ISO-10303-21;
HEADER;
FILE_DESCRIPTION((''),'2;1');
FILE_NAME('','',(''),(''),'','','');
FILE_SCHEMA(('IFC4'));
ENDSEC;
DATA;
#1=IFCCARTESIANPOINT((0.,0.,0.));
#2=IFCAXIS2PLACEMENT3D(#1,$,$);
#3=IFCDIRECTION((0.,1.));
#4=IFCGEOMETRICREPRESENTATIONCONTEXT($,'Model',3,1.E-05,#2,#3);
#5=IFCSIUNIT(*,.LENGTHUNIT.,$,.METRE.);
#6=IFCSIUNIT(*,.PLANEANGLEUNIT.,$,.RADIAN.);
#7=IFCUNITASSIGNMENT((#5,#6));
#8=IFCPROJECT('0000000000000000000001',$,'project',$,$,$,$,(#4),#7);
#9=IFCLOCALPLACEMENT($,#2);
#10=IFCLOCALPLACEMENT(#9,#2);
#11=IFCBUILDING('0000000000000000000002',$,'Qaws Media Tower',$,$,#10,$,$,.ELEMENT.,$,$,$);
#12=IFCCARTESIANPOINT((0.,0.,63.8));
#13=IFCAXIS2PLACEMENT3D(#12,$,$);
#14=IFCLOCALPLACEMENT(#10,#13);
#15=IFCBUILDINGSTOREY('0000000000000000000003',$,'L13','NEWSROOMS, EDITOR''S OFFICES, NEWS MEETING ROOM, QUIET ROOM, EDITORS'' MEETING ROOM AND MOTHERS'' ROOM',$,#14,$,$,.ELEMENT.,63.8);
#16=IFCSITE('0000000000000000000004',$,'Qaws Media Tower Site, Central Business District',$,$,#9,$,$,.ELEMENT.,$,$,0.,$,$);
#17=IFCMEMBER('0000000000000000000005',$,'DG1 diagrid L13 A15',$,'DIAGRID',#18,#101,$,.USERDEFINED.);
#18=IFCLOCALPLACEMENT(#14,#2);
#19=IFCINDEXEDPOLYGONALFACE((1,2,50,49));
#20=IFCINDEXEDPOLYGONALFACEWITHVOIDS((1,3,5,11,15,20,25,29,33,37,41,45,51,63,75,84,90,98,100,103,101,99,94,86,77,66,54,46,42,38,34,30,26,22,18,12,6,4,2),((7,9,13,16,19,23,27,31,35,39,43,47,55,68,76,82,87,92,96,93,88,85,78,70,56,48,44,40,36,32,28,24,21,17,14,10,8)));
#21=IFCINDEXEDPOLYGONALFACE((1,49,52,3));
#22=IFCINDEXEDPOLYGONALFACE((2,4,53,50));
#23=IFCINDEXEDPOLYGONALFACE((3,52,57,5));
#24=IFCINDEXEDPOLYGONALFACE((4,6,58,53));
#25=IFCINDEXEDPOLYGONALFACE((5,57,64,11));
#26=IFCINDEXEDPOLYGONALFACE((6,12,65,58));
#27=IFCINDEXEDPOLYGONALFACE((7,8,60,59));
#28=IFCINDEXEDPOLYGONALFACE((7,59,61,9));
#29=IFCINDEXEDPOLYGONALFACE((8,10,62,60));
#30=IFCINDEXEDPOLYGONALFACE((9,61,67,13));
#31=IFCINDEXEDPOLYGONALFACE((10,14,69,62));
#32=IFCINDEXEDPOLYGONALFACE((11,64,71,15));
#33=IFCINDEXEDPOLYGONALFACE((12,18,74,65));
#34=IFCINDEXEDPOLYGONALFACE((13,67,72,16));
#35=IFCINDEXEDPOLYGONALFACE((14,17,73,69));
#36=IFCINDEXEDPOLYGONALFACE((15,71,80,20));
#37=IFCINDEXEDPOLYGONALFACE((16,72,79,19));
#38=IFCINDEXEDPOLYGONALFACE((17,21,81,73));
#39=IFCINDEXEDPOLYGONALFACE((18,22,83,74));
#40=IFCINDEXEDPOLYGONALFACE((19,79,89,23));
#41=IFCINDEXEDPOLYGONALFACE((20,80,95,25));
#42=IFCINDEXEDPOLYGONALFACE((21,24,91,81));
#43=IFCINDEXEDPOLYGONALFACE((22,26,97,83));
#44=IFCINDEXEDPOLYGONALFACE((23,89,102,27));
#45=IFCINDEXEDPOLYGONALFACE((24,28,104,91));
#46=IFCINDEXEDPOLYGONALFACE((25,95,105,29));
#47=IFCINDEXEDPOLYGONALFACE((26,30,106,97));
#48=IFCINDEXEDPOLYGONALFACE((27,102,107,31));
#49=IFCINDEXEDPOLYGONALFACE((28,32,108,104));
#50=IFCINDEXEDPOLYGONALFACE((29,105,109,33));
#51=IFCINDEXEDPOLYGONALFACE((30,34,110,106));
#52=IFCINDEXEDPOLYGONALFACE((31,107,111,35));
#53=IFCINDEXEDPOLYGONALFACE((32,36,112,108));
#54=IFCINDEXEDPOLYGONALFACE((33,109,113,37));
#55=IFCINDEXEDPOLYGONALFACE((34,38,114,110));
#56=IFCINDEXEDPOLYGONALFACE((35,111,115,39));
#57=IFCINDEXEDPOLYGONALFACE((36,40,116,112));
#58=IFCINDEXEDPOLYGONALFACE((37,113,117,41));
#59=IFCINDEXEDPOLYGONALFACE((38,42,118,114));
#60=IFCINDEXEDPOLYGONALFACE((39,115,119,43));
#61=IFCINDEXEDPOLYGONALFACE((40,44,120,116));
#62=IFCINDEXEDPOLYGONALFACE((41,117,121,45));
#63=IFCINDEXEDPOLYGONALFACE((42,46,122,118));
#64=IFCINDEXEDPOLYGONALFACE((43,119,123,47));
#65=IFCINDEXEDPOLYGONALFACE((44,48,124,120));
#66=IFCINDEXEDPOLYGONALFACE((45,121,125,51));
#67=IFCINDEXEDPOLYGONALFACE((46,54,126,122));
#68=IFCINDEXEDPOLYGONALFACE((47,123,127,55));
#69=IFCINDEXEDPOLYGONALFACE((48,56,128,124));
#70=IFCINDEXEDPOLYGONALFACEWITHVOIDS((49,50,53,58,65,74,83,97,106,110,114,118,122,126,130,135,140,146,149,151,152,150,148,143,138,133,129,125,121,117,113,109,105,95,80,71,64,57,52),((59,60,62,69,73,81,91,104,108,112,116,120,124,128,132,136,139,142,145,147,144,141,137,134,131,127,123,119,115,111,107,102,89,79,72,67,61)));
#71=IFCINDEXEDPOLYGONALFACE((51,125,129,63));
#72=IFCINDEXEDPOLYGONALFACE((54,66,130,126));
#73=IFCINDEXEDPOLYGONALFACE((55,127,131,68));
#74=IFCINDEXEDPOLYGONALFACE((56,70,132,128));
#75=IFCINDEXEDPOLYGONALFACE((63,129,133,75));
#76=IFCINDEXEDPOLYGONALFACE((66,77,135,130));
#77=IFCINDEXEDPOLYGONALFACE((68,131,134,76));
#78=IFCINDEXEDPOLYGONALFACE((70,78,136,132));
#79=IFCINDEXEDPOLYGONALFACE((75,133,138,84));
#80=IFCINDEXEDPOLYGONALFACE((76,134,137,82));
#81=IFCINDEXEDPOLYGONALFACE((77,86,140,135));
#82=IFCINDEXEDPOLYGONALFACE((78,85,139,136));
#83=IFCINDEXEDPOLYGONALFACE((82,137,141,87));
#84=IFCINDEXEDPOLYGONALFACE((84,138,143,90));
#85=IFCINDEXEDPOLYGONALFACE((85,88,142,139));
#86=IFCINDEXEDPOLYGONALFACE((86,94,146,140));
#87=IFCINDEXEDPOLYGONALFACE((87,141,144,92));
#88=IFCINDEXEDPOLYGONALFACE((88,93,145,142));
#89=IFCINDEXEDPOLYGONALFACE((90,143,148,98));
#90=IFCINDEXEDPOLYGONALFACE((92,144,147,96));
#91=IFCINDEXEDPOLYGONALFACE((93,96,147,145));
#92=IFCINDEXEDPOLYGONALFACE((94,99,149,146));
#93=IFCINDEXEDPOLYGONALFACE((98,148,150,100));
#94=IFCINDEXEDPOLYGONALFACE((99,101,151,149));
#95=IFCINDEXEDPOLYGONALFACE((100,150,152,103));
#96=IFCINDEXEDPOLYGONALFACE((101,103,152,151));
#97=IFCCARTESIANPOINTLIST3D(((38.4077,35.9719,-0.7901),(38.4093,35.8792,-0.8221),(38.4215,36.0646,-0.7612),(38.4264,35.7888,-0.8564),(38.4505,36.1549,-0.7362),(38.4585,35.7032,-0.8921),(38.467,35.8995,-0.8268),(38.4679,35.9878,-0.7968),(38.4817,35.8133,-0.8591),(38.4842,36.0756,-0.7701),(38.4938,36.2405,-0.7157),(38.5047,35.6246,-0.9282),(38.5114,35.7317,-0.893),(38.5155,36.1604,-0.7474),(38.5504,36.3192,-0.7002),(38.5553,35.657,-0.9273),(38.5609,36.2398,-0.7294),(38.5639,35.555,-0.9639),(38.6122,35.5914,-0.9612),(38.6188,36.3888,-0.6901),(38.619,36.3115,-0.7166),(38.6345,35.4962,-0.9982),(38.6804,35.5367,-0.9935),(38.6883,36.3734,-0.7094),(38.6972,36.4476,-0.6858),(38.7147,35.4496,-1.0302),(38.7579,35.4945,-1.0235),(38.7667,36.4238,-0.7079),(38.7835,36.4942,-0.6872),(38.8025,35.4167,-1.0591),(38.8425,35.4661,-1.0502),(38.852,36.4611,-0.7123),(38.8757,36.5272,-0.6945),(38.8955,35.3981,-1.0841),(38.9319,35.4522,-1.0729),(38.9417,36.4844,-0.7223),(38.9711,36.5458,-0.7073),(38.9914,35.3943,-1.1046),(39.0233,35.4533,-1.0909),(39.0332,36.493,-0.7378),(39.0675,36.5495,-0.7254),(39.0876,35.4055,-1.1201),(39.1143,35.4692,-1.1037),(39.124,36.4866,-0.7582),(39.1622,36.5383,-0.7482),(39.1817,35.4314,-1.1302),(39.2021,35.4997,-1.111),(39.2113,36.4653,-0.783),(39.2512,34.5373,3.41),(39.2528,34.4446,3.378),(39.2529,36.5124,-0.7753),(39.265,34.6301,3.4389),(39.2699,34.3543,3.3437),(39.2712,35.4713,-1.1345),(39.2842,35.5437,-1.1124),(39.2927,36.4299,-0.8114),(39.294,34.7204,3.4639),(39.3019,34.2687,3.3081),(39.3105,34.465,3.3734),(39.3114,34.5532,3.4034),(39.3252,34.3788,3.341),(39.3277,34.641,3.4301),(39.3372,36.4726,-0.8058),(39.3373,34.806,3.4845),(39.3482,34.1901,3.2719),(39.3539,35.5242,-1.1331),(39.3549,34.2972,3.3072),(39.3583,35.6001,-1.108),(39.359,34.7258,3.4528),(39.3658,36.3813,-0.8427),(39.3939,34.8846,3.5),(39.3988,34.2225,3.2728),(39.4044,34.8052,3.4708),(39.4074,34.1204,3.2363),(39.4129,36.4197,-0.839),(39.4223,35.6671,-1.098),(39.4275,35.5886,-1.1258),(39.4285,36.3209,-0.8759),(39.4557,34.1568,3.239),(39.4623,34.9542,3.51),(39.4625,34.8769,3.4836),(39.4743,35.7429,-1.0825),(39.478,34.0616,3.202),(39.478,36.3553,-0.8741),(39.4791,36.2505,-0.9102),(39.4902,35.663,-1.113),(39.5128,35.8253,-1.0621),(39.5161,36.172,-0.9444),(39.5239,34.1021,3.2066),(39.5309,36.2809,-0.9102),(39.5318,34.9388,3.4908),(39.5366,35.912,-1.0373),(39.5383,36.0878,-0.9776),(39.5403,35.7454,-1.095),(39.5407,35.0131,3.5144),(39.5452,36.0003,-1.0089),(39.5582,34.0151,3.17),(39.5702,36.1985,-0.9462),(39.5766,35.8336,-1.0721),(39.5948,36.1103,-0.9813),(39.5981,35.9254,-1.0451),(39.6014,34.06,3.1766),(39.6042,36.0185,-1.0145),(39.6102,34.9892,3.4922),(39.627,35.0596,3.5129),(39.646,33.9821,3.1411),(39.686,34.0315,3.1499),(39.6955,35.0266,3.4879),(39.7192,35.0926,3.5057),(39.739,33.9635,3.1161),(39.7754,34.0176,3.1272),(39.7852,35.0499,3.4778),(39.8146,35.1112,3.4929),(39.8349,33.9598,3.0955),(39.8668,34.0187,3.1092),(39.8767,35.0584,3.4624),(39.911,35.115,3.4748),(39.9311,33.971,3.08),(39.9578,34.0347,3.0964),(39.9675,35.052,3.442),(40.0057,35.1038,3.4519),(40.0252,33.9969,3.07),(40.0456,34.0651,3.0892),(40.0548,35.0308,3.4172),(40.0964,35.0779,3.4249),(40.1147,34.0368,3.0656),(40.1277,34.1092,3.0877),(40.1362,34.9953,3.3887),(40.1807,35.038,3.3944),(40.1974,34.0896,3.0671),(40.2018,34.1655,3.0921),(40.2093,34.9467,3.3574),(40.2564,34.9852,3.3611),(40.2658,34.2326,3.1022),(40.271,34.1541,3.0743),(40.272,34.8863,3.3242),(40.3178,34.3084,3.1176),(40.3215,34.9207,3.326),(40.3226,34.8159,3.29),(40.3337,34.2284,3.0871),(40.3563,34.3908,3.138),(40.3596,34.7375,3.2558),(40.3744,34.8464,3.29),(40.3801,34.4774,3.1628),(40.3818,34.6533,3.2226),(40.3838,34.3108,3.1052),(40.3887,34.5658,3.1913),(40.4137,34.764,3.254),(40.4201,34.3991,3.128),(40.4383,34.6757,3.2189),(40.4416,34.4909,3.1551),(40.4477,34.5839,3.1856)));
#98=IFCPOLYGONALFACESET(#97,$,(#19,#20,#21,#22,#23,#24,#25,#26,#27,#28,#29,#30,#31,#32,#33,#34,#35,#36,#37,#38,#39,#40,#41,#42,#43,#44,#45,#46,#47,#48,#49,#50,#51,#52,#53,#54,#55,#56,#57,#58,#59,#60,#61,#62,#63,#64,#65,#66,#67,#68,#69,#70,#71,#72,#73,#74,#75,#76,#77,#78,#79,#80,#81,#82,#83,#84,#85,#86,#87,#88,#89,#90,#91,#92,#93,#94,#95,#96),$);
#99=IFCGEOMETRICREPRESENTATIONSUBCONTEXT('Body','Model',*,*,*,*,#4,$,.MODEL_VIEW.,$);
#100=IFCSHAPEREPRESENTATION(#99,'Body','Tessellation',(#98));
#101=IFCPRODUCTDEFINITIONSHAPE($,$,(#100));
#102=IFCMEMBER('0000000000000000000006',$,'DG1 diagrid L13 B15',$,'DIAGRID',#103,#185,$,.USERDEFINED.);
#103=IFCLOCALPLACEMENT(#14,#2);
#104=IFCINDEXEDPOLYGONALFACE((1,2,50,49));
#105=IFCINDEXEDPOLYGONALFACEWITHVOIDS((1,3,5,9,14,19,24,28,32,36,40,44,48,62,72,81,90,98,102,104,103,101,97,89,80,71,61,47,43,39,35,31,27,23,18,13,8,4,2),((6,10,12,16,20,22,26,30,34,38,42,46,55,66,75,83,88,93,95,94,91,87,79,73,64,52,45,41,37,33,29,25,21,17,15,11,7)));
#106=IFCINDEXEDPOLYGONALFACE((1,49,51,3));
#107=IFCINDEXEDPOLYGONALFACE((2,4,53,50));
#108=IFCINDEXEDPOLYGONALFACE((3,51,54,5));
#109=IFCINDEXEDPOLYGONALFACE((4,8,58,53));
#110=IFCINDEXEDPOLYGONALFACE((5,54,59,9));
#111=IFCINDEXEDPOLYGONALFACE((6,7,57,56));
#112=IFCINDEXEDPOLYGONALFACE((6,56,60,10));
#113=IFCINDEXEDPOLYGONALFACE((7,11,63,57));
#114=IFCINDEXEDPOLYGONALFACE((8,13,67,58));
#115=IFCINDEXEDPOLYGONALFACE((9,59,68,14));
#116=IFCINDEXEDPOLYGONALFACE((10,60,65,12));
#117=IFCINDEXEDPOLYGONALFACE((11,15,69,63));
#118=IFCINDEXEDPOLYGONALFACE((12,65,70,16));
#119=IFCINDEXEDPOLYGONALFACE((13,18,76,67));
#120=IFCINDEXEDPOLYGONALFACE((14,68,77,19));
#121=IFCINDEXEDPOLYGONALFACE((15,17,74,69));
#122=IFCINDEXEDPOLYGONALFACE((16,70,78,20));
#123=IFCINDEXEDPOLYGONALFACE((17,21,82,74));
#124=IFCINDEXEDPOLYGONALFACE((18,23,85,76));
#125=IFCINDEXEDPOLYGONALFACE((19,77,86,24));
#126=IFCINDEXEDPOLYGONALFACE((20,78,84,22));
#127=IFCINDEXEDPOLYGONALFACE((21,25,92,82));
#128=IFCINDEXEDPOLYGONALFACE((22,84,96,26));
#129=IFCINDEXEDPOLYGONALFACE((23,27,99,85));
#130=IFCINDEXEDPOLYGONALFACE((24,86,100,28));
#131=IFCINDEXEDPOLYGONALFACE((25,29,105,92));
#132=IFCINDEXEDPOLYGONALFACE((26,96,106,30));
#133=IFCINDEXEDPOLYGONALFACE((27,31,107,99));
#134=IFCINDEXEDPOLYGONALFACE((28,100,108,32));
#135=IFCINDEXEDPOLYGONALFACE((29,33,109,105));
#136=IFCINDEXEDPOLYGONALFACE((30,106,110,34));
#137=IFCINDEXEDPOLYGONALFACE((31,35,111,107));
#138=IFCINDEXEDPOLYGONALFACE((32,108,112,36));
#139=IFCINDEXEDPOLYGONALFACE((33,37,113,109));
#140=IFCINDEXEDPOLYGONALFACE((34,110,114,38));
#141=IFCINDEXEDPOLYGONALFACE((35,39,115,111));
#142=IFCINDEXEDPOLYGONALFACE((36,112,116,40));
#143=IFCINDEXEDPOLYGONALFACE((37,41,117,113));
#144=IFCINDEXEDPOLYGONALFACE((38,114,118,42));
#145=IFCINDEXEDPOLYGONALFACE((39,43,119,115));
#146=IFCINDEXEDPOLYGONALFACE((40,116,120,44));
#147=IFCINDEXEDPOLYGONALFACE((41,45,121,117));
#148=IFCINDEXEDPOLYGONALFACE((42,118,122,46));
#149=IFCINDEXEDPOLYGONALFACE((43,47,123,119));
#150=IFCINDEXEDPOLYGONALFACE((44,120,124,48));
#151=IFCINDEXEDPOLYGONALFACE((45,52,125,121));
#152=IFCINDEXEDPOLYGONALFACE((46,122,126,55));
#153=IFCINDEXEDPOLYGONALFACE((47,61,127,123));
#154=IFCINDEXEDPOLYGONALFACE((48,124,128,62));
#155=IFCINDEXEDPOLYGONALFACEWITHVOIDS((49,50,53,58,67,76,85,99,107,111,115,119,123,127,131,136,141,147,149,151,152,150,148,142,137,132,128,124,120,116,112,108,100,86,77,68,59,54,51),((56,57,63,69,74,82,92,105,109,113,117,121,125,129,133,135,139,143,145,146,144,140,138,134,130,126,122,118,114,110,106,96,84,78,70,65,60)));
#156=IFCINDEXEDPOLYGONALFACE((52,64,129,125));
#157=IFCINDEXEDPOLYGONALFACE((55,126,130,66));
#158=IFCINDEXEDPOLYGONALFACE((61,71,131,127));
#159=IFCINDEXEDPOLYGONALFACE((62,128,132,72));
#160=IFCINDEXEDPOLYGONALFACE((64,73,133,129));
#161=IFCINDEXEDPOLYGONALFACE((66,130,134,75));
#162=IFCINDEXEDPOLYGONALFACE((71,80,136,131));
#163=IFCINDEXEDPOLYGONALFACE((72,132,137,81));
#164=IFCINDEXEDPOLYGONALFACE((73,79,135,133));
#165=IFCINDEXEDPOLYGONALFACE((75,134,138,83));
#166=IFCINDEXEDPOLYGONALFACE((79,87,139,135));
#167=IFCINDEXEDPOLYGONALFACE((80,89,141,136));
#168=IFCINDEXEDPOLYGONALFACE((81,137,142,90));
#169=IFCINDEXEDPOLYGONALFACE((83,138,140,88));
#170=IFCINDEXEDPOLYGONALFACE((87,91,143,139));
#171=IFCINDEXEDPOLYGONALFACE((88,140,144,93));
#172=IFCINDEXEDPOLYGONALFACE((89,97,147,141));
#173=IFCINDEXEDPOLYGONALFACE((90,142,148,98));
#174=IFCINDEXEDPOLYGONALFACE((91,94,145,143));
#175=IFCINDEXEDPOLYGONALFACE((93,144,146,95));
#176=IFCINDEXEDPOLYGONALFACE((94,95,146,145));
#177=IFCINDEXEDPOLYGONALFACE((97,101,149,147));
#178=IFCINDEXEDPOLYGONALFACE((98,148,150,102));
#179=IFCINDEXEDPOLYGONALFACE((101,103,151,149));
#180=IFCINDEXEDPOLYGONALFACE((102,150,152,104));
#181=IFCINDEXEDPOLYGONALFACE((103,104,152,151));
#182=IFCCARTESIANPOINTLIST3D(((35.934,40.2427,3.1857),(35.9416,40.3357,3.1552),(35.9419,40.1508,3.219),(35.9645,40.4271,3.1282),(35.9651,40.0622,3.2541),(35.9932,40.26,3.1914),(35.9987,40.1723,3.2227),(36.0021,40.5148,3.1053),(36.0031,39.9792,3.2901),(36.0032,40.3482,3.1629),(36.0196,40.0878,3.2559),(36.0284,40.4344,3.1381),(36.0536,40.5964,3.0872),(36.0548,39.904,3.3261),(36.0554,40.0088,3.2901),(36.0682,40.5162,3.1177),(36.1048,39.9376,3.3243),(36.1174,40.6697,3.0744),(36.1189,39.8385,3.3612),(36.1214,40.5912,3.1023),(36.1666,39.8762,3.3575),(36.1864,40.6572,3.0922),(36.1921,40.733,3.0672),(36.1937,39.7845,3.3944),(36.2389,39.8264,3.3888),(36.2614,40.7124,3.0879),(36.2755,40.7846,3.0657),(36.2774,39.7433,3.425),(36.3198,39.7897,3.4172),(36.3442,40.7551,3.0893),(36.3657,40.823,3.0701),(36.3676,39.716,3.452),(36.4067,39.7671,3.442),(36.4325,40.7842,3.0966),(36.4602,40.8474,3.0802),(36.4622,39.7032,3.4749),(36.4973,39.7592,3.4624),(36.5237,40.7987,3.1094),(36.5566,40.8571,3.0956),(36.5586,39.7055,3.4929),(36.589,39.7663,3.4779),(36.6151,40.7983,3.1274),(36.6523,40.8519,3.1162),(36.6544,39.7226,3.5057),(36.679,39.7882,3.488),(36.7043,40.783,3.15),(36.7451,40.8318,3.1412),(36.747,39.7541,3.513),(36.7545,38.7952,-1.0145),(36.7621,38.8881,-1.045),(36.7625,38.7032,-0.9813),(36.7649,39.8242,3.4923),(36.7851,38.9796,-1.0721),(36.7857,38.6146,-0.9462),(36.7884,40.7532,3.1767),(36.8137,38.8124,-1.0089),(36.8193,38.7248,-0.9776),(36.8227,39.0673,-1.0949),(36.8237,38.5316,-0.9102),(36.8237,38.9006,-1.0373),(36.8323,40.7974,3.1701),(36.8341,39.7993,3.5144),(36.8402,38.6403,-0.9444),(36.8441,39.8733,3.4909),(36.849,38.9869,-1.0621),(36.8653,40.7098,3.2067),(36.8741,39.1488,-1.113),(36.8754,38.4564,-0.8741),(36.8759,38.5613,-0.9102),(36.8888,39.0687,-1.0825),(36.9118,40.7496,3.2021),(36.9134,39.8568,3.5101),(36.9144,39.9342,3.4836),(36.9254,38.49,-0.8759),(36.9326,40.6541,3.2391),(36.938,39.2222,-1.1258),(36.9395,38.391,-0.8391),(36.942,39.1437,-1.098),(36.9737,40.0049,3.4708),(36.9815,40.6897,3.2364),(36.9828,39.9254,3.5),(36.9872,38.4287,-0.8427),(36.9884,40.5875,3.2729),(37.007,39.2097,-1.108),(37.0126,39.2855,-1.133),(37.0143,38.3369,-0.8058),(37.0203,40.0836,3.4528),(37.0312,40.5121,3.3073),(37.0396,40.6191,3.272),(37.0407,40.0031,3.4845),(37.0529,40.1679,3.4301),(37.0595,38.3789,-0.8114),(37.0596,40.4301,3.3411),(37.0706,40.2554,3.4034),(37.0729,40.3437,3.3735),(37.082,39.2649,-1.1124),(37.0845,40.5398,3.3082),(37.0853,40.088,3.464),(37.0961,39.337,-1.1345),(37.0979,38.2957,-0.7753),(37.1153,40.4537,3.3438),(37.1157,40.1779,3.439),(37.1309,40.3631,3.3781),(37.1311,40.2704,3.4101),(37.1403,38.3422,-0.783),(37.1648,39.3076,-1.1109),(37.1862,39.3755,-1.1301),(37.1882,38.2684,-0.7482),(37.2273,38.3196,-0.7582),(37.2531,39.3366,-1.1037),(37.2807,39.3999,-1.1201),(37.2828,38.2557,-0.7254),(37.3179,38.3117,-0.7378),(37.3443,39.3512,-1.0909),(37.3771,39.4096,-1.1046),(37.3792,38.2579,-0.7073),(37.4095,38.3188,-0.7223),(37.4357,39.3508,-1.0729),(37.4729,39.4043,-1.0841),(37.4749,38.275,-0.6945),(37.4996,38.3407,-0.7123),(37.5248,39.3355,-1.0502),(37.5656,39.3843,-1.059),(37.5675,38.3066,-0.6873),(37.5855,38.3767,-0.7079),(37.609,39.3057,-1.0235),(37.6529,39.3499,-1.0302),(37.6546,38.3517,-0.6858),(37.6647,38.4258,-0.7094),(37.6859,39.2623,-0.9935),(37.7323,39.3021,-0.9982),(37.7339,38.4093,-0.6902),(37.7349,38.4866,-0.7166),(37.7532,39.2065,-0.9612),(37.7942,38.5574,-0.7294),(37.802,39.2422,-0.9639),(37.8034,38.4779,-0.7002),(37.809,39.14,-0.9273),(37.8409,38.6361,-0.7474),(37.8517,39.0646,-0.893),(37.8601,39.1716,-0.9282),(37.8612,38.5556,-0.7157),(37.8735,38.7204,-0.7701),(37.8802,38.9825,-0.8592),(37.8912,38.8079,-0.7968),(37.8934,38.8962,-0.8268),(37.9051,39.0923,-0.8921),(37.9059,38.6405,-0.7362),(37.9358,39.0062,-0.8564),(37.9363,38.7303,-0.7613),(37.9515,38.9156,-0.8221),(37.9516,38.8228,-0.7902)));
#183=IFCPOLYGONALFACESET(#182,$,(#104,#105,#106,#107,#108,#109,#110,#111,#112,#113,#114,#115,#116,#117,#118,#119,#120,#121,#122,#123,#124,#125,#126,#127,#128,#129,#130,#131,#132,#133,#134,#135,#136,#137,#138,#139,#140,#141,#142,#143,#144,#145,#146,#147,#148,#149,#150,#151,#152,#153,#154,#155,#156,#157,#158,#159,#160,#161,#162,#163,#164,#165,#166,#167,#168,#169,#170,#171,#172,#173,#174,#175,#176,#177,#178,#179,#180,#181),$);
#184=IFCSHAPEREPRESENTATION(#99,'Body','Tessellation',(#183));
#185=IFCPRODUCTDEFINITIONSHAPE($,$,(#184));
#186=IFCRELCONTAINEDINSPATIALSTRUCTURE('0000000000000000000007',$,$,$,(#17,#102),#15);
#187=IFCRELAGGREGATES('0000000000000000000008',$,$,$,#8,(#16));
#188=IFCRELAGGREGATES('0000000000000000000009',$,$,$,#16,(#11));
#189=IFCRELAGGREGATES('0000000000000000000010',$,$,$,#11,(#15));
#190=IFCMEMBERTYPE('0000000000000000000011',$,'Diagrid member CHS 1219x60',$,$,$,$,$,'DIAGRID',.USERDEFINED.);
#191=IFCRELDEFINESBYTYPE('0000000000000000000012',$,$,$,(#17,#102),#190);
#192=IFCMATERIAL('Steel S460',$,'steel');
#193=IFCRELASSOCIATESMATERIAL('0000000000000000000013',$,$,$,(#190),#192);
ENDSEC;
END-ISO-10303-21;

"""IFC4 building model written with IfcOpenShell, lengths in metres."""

from ifc_helpers import new_model, si_unit, direction, frame, origin, origin_2d, place, context, subcontext, project, spatial, hollow_circle, extrude, material, material_profile, profile_set, type_object, element, save


model = new_model("IFC4")

# Units and contexts
model_context = context("Model", 3, precision=1e-05, world=origin(), true_north=direction((0.0, 1.0)))
body_context = subcontext(model_context, "Body", "Model", "MODEL_VIEW")
ifc_project = project(units=[si_unit("LENGTHUNIT", "METRE"), si_unit("PLANEANGLEUNIT", "RADIAN")], contexts=[model_context])

# Site, building, storey
site_placement = place(None, origin())
site = spatial("IfcSite", under=ifc_project, at=site_placement, Name="Qaws Media Tower Site, Central Business District", CompositionType="ELEMENT", RefElevation=0.0)
building_placement = place(site_placement, origin())
building = spatial("IfcBuilding", under=site, at=building_placement, Name="Qaws Media Tower", CompositionType="ELEMENT")
storey_placement = place(building_placement, frame((0.0, 0.0, 63.8)))
storey = spatial("IfcBuildingStorey", under=building, at=storey_placement, Name="L13", Description="NEWSROOMS, EDITOR'S OFFICES, NEWS MEETING ROOM, QUIET ROOM, EDITORS' MEETING ROOM AND MOTHERS' ROOM", CompositionType="ELEMENT", Elevation=63.8)

# Members
ifc_material_1 = material(Name="Steel S460", Category="steel")
ifc_material_profile_1 = material_profile(ifc_material_1, hollow_circle(Radius=0.6096, WallThickness=0.0601, at=origin_2d()), Name="CHS 1219x60")
ifc_profile_set_1 = profile_set([ifc_material_profile_1], Name="Steel S460")
member_type_1 = type_object("IfcMemberType", Name="Diagrid member CHS 1219x60", ElementType="DIAGRID", PredefinedType="USERDEFINED", material=ifc_profile_set_1)
for number, where, z_axis, x_axis, name in (
    (1, (39.0054, 35.9719, -0.9102), (0.186704, -0.317533, 0.929685), (0.862028, 0.50686, 0.0), "DG1 diagrid L13 A15"),
    (2, (37.354, 38.8323, -0.9102), (-0.181629, 0.320404, 0.929706), (-0.869945, -0.49315, 0.0), "DG1 diagrid L13 B15"),
):
    element("IfcMember", number, at=place(storey_placement, frame(where, z_axis=z_axis, x_axis=x_axis)), inside=storey, type_object=member_type_1, Name=name, ObjectType="DIAGRID", PredefinedType="USERDEFINED", context=body_context, shape_type="SweptSolid", body=[
        extrude(hollow_circle(Radius=0.6096, WallThickness=0.0601, at=origin_2d()), origin(), (0.0, 0.0, 1.0), 4.5178),
    ])

save(model, "model.ifc")
